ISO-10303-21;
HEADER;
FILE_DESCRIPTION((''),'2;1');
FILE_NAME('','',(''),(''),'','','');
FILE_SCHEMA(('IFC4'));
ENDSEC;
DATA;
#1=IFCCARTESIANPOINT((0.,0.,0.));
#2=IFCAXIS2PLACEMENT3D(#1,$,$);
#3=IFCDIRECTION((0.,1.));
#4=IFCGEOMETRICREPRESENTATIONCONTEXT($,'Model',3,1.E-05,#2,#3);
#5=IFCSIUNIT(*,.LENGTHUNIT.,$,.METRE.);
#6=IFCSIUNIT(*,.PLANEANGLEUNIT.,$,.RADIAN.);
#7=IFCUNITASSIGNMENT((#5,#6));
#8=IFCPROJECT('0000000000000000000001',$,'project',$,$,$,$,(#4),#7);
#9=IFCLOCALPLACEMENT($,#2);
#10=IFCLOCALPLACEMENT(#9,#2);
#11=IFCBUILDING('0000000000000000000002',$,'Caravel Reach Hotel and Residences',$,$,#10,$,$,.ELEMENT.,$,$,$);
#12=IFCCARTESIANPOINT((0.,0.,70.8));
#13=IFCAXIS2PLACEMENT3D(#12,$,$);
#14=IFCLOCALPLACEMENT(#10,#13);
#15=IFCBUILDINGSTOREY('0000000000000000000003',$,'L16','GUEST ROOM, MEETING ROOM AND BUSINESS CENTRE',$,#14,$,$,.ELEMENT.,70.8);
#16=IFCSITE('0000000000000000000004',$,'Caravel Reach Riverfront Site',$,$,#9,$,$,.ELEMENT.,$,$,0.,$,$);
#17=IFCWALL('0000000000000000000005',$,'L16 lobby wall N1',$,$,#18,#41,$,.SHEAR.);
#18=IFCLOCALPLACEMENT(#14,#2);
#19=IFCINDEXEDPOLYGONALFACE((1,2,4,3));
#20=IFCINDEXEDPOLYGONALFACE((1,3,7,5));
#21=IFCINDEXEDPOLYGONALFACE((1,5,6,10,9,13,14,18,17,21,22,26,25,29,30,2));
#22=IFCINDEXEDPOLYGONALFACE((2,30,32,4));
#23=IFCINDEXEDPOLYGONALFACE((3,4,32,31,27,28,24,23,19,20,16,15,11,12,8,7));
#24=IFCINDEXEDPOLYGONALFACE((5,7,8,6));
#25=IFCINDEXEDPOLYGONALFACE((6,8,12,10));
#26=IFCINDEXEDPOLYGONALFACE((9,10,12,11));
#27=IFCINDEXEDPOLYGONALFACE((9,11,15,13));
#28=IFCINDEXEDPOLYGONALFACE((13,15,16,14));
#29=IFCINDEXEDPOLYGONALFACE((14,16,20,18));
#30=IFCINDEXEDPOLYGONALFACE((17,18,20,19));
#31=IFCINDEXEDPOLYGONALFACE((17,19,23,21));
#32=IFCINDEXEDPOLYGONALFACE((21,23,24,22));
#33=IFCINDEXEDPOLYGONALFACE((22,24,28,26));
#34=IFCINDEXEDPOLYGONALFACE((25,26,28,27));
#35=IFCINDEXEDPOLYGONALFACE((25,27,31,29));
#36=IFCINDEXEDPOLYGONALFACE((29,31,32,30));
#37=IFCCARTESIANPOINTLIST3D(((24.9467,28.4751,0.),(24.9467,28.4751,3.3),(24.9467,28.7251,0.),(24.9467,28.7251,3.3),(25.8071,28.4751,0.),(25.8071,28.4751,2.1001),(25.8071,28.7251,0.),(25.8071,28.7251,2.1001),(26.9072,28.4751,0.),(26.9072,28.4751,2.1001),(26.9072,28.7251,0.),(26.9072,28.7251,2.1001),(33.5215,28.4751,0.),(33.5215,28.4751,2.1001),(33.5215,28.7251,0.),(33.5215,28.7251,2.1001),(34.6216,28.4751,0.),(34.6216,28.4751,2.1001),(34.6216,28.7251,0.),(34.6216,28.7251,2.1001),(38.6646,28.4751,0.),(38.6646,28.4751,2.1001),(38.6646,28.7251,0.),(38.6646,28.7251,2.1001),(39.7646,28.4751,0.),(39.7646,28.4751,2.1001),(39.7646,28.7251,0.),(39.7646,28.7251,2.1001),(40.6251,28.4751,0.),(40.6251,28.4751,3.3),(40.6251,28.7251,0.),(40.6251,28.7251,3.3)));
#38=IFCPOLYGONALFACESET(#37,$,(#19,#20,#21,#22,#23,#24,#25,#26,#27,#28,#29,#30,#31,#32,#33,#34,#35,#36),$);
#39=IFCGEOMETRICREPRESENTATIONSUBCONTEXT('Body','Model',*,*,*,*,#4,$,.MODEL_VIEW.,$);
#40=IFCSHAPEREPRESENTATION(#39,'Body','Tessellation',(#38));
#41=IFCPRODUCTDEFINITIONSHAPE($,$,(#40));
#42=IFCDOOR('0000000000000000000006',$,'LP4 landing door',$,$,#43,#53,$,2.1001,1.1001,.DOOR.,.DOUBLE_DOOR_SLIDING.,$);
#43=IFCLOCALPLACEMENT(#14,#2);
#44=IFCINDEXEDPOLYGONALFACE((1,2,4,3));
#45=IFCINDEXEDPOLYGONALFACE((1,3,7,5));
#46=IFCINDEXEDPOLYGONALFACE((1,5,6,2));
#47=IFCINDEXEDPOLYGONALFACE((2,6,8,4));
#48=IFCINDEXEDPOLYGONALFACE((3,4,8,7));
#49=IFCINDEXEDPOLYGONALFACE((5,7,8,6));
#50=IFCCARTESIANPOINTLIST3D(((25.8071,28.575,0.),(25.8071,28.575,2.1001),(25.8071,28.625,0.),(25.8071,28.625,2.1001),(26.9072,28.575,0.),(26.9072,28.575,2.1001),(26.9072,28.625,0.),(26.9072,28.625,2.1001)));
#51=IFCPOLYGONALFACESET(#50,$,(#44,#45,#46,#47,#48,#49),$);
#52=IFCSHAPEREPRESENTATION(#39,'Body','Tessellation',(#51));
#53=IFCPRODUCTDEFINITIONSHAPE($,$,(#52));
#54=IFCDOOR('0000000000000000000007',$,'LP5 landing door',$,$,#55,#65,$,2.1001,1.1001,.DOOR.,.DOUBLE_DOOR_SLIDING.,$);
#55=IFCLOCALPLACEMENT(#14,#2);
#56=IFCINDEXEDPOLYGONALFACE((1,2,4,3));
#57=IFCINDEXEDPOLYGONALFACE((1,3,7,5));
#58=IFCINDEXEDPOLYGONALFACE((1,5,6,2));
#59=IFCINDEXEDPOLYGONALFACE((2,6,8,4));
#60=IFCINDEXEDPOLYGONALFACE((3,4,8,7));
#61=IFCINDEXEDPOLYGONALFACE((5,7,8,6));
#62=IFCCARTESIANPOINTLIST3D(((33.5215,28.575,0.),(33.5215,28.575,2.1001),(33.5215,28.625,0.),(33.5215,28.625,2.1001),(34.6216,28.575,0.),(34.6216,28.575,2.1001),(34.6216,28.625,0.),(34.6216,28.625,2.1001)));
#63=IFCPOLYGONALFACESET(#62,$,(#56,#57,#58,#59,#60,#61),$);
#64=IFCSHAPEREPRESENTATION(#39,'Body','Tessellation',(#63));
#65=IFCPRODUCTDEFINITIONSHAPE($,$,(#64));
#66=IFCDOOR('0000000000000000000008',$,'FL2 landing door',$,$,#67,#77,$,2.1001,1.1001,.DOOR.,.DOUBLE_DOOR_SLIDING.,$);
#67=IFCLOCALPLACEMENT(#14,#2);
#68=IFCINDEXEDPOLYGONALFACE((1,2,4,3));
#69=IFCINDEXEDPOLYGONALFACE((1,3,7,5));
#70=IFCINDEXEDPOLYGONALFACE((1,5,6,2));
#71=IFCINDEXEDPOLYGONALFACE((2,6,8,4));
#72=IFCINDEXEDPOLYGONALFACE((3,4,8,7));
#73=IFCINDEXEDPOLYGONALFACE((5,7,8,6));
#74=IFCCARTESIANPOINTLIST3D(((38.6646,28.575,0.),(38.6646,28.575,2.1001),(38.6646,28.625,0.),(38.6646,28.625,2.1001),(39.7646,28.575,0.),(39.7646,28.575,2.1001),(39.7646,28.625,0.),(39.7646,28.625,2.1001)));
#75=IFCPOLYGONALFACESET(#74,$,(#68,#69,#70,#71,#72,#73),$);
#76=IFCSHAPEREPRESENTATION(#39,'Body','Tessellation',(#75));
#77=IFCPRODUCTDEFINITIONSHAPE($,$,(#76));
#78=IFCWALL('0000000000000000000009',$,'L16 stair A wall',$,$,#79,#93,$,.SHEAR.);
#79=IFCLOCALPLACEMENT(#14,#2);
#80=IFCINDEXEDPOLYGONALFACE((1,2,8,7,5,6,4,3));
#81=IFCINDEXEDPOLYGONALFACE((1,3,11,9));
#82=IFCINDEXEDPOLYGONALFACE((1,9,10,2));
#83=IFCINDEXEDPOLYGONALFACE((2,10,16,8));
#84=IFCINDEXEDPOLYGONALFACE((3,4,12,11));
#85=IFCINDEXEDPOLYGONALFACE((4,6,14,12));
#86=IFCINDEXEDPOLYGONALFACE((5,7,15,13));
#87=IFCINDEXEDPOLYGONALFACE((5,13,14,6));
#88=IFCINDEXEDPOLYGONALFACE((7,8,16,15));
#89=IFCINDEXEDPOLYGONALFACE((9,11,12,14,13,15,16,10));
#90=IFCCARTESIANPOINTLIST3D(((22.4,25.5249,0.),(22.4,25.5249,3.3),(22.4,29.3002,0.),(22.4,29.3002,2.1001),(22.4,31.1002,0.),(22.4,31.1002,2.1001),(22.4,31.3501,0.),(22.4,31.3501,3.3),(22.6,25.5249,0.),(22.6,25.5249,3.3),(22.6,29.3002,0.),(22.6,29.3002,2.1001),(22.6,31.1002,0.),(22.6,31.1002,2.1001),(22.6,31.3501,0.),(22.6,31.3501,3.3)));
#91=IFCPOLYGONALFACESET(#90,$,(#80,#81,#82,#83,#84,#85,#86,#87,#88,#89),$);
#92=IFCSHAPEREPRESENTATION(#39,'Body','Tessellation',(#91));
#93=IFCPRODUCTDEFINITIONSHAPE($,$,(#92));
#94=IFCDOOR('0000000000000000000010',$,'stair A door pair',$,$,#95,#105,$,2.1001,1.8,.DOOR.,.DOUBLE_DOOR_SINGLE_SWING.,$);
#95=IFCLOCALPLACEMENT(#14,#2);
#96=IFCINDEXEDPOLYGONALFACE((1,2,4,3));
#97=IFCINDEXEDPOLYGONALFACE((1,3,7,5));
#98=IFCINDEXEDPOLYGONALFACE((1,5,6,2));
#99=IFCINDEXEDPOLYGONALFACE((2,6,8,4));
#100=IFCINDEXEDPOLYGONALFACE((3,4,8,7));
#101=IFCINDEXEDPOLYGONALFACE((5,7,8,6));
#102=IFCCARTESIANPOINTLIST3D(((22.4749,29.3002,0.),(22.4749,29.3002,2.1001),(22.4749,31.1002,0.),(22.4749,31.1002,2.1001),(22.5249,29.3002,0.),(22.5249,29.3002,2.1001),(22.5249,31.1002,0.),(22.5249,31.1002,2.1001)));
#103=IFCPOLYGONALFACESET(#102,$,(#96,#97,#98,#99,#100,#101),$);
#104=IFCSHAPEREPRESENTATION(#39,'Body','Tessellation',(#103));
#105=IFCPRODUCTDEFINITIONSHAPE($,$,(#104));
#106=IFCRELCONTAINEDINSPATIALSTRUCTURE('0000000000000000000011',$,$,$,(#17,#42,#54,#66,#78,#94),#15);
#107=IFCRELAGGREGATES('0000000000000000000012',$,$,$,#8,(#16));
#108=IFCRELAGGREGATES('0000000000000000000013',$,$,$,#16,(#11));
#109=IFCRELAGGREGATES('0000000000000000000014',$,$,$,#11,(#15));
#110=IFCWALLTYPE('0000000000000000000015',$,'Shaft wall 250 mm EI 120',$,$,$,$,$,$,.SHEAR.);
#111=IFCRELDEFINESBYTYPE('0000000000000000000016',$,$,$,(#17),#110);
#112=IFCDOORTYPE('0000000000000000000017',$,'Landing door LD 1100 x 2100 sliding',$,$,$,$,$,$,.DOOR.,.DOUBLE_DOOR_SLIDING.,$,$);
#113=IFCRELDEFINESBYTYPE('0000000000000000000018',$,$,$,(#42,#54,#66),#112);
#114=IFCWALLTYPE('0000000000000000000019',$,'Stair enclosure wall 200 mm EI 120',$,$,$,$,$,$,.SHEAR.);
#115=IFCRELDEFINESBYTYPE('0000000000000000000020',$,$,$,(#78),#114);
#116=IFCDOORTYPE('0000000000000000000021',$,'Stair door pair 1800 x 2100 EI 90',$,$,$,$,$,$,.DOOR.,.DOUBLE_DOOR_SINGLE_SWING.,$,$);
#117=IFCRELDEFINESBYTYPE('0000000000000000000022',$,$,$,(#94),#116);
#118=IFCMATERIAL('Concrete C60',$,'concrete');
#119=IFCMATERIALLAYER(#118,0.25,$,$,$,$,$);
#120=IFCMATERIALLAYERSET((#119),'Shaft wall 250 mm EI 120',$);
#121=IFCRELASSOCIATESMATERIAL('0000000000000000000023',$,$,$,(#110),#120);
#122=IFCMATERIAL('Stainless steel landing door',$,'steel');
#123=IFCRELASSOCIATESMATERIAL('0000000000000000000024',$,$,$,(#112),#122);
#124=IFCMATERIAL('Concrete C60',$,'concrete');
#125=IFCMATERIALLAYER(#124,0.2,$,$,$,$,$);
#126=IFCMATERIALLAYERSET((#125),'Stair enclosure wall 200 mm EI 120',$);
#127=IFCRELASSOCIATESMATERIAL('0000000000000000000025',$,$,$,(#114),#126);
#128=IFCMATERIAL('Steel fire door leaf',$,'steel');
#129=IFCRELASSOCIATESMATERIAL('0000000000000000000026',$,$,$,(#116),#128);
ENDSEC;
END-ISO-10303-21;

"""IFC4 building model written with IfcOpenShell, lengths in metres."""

from ifc_helpers import new_model, si_unit, direction, frame, frame_2d, origin, place, context, subcontext, project, spatial, rectangle, extrude, material, layer, layer_set, type_object, element, fill, save


model = new_model("IFC4")

# Units and contexts
model_context = context("Model", 3, precision=1e-05, world=origin(), true_north=direction((0.0, 1.0)))
body_context = subcontext(model_context, "Body", "Model", "MODEL_VIEW")
ifc_project = project(units=[si_unit("LENGTHUNIT", "METRE"), si_unit("PLANEANGLEUNIT", "RADIAN")], contexts=[model_context])

# Site, building, storey
site_placement = place(None, origin())
site = spatial("IfcSite", under=ifc_project, at=site_placement, Name="Caravel Reach Riverfront Site", CompositionType="ELEMENT", RefElevation=0.0)
building_placement = place(site_placement, origin())
building = spatial("IfcBuilding", under=site, at=building_placement, Name="Caravel Reach Hotel and Residences", CompositionType="ELEMENT")
storey_placement = place(building_placement, frame((0.0, 0.0, 70.8)))
storey = spatial("IfcBuildingStorey", under=building, at=storey_placement, Name="L16", Description="GUEST ROOM, MEETING ROOM AND BUSINESS CENTRE", CompositionType="ELEMENT", Elevation=70.8)

# Wall, openings, doors
ifc_material_1 = material(Name="Concrete C60", Category="concrete")
ifc_layer_1 = layer(ifc_material_1, 0.25)
ifc_layer_set_1 = layer_set([ifc_layer_1], Name="Shaft wall 250 mm EI 120")
wall_type_1 = type_object("IfcWallType", Name="Shaft wall 250 mm EI 120", PredefinedType="SHEAR", material=ifc_layer_set_1)
wall_1_placement = place(storey_placement, frame((24.9465, 28.6001, 0.0), z_axis=(0.0, 0.0, 1.0), x_axis=(1.0, 0.0, 0.0)))
wall_1 = element("IfcWall", 1, at=wall_1_placement, inside=storey, type_object=wall_type_1, Name="L16 lobby wall N1", PredefinedType="SHEAR", context=body_context, shape_type="SweptSolid", body=[
    extrude(rectangle(XDim=15.6785, YDim=0.25, at=frame_2d((7.8394, 0.0))), origin(), (0.0, 0.0, 1.0), 3.3),
])
opening_1_placement = place(wall_1_placement, frame((0.8606, 0.0, 0.0)))
opening_1 = element("IfcOpeningElement", 2, at=opening_1_placement, cuts=wall_1, PredefinedType="OPENING", context=body_context, shape_type="SweptSolid", body=[
    extrude(rectangle(XDim=1.1001, YDim=2.1001, at=frame_2d((0.55, 1.05))), frame((0.0, 0.135, 0.0), z_axis=(0.0, -1.0, 0.0), x_axis=(1.0, 0.0, 0.0)), (0.0, 0.0, 1.0), 0.27),
])
opening_2_placement = place(wall_1_placement, frame((8.575, 0.0, 0.0)))
opening_2 = element("IfcOpeningElement", 3, at=opening_2_placement, cuts=wall_1, PredefinedType="OPENING", context=body_context, shape_type="SweptSolid", body=[
    extrude(rectangle(XDim=1.1001, YDim=2.1001, at=frame_2d((0.55, 1.05))), frame((0.0, 0.135, 0.0), z_axis=(0.0, -1.0, 0.0), x_axis=(1.0, 0.0, 0.0)), (0.0, 0.0, 1.0), 0.27),
])
opening_3_placement = place(wall_1_placement, frame((13.718, 0.0, 0.0)))
opening_3 = element("IfcOpeningElement", 4, at=opening_3_placement, cuts=wall_1, PredefinedType="OPENING", context=body_context, shape_type="SweptSolid", body=[
    extrude(rectangle(XDim=1.1001, YDim=2.1001, at=frame_2d((0.55, 1.05))), frame((0.0, 0.135, 0.0), z_axis=(0.0, -1.0, 0.0), x_axis=(1.0, 0.0, 0.0)), (0.0, 0.0, 1.0), 0.27),
])
ifc_material_2 = material(Name="Stainless steel landing door", Category="steel")
door_type_1 = type_object("IfcDoorType", Name="Landing door LD 1100 x 2100 sliding", OperationType="DOUBLE_DOOR_SLIDING", PredefinedType="DOOR", material=ifc_material_2)
door_1_placement = place(opening_1_placement, origin())
door_1 = element("IfcDoor", 5, at=door_1_placement, inside=storey, type_object=door_type_1, Name="LP4 landing door", OperationType="DOUBLE_DOOR_SLIDING", OverallHeight=2.1001, OverallWidth=1.1001, PredefinedType="DOOR", context=body_context, shape_type="SweptSolid", body=[
    extrude(rectangle(XDim=1.1001, YDim=2.1001, at=frame_2d((0.55, 1.05))), frame((0.0, 0.0249, 0.0), z_axis=(0.0, -1.0, 0.0), x_axis=(1.0, 0.0, 0.0)), (0.0, 0.0, 1.0), 0.05),
])
fill(opening_1, door_1)
door_2_placement = place(opening_2_placement, origin())
door_2 = element("IfcDoor", 6, at=door_2_placement, inside=storey, type_object=door_type_1, Name="LP5 landing door", OperationType="DOUBLE_DOOR_SLIDING", OverallHeight=2.1001, OverallWidth=1.1001, PredefinedType="DOOR", context=body_context, shape_type="SweptSolid", body=[
    extrude(rectangle(XDim=1.1001, YDim=2.1001, at=frame_2d((0.55, 1.05))), frame((0.0, 0.0249, 0.0), z_axis=(0.0, -1.0, 0.0), x_axis=(1.0, 0.0, 0.0)), (0.0, 0.0, 1.0), 0.05),
])
fill(opening_2, door_2)
door_3_placement = place(opening_3_placement, origin())
door_3 = element("IfcDoor", 7, at=door_3_placement, inside=storey, type_object=door_type_1, Name="FL2 landing door", OperationType="DOUBLE_DOOR_SLIDING", OverallHeight=2.1001, OverallWidth=1.1001, PredefinedType="DOOR", context=body_context, shape_type="SweptSolid", body=[
    extrude(rectangle(XDim=1.1001, YDim=2.1001, at=frame_2d((0.55, 1.05))), frame((0.0, 0.0249, 0.0), z_axis=(0.0, -1.0, 0.0), x_axis=(1.0, 0.0, 0.0)), (0.0, 0.0, 1.0), 0.05),
])
fill(opening_3, door_3)

# Wall, opening, door
ifc_material_3 = material(Name="Concrete C60", Category="concrete")
ifc_layer_2 = layer(ifc_material_3, 0.2)
ifc_layer_set_2 = layer_set([ifc_layer_2], Name="Stair enclosure wall 200 mm EI 120")
wall_type_2 = type_object("IfcWallType", Name="Stair enclosure wall 200 mm EI 120", PredefinedType="SHEAR", material=ifc_layer_set_2)
wall_2_placement = place(storey_placement, frame((22.5, 31.3501, 0.0), z_axis=(0.0, 0.0, 1.0), x_axis=(0.0, -1.0, 0.0)))
wall_2 = element("IfcWall", 8, at=wall_2_placement, inside=storey, type_object=wall_type_2, Name="L16 stair A wall", PredefinedType="SHEAR", context=body_context, shape_type="SweptSolid", body=[
    extrude(rectangle(XDim=5.8252, YDim=0.2, at=frame_2d((2.9126, 0.0))), origin(), (0.0, 0.0, 1.0), 3.3),
])
opening_4_placement = place(wall_2_placement, frame((0.25, 0.0, 0.0)))
opening_4 = element("IfcOpeningElement", 9, at=opening_4_placement, cuts=wall_2, PredefinedType="OPENING", context=body_context, shape_type="SweptSolid", body=[
    extrude(rectangle(XDim=1.8, YDim=2.1001, at=frame_2d((0.8999, 1.05))), frame((0.0, 0.1099, 0.0), z_axis=(0.0, -1.0, 0.0), x_axis=(1.0, 0.0, 0.0)), (0.0, 0.0, 1.0), 0.22),
])
ifc_material_4 = material(Name="Steel fire door leaf", Category="steel")
door_type_2 = type_object("IfcDoorType", Name="Stair door pair 1800 x 2100 EI 90", OperationType="DOUBLE_DOOR_SINGLE_SWING", PredefinedType="DOOR", material=ifc_material_4)
door_4_placement = place(opening_4_placement, origin())
door_4 = element("IfcDoor", 10, at=door_4_placement, inside=storey, type_object=door_type_2, Name="stair A door pair", OperationType="DOUBLE_DOOR_SINGLE_SWING", OverallHeight=2.1001, OverallWidth=1.8, PredefinedType="DOOR", context=body_context, shape_type="SweptSolid", body=[
    extrude(rectangle(XDim=1.8, YDim=2.1001, at=frame_2d((0.8999, 1.05))), frame((0.0, 0.0249, 0.0), z_axis=(0.0, -1.0, 0.0), x_axis=(1.0, 0.0, 0.0)), (0.0, 0.0, 1.0), 0.05),
])
fill(opening_4, door_4)

save(model, "model.ifc")
